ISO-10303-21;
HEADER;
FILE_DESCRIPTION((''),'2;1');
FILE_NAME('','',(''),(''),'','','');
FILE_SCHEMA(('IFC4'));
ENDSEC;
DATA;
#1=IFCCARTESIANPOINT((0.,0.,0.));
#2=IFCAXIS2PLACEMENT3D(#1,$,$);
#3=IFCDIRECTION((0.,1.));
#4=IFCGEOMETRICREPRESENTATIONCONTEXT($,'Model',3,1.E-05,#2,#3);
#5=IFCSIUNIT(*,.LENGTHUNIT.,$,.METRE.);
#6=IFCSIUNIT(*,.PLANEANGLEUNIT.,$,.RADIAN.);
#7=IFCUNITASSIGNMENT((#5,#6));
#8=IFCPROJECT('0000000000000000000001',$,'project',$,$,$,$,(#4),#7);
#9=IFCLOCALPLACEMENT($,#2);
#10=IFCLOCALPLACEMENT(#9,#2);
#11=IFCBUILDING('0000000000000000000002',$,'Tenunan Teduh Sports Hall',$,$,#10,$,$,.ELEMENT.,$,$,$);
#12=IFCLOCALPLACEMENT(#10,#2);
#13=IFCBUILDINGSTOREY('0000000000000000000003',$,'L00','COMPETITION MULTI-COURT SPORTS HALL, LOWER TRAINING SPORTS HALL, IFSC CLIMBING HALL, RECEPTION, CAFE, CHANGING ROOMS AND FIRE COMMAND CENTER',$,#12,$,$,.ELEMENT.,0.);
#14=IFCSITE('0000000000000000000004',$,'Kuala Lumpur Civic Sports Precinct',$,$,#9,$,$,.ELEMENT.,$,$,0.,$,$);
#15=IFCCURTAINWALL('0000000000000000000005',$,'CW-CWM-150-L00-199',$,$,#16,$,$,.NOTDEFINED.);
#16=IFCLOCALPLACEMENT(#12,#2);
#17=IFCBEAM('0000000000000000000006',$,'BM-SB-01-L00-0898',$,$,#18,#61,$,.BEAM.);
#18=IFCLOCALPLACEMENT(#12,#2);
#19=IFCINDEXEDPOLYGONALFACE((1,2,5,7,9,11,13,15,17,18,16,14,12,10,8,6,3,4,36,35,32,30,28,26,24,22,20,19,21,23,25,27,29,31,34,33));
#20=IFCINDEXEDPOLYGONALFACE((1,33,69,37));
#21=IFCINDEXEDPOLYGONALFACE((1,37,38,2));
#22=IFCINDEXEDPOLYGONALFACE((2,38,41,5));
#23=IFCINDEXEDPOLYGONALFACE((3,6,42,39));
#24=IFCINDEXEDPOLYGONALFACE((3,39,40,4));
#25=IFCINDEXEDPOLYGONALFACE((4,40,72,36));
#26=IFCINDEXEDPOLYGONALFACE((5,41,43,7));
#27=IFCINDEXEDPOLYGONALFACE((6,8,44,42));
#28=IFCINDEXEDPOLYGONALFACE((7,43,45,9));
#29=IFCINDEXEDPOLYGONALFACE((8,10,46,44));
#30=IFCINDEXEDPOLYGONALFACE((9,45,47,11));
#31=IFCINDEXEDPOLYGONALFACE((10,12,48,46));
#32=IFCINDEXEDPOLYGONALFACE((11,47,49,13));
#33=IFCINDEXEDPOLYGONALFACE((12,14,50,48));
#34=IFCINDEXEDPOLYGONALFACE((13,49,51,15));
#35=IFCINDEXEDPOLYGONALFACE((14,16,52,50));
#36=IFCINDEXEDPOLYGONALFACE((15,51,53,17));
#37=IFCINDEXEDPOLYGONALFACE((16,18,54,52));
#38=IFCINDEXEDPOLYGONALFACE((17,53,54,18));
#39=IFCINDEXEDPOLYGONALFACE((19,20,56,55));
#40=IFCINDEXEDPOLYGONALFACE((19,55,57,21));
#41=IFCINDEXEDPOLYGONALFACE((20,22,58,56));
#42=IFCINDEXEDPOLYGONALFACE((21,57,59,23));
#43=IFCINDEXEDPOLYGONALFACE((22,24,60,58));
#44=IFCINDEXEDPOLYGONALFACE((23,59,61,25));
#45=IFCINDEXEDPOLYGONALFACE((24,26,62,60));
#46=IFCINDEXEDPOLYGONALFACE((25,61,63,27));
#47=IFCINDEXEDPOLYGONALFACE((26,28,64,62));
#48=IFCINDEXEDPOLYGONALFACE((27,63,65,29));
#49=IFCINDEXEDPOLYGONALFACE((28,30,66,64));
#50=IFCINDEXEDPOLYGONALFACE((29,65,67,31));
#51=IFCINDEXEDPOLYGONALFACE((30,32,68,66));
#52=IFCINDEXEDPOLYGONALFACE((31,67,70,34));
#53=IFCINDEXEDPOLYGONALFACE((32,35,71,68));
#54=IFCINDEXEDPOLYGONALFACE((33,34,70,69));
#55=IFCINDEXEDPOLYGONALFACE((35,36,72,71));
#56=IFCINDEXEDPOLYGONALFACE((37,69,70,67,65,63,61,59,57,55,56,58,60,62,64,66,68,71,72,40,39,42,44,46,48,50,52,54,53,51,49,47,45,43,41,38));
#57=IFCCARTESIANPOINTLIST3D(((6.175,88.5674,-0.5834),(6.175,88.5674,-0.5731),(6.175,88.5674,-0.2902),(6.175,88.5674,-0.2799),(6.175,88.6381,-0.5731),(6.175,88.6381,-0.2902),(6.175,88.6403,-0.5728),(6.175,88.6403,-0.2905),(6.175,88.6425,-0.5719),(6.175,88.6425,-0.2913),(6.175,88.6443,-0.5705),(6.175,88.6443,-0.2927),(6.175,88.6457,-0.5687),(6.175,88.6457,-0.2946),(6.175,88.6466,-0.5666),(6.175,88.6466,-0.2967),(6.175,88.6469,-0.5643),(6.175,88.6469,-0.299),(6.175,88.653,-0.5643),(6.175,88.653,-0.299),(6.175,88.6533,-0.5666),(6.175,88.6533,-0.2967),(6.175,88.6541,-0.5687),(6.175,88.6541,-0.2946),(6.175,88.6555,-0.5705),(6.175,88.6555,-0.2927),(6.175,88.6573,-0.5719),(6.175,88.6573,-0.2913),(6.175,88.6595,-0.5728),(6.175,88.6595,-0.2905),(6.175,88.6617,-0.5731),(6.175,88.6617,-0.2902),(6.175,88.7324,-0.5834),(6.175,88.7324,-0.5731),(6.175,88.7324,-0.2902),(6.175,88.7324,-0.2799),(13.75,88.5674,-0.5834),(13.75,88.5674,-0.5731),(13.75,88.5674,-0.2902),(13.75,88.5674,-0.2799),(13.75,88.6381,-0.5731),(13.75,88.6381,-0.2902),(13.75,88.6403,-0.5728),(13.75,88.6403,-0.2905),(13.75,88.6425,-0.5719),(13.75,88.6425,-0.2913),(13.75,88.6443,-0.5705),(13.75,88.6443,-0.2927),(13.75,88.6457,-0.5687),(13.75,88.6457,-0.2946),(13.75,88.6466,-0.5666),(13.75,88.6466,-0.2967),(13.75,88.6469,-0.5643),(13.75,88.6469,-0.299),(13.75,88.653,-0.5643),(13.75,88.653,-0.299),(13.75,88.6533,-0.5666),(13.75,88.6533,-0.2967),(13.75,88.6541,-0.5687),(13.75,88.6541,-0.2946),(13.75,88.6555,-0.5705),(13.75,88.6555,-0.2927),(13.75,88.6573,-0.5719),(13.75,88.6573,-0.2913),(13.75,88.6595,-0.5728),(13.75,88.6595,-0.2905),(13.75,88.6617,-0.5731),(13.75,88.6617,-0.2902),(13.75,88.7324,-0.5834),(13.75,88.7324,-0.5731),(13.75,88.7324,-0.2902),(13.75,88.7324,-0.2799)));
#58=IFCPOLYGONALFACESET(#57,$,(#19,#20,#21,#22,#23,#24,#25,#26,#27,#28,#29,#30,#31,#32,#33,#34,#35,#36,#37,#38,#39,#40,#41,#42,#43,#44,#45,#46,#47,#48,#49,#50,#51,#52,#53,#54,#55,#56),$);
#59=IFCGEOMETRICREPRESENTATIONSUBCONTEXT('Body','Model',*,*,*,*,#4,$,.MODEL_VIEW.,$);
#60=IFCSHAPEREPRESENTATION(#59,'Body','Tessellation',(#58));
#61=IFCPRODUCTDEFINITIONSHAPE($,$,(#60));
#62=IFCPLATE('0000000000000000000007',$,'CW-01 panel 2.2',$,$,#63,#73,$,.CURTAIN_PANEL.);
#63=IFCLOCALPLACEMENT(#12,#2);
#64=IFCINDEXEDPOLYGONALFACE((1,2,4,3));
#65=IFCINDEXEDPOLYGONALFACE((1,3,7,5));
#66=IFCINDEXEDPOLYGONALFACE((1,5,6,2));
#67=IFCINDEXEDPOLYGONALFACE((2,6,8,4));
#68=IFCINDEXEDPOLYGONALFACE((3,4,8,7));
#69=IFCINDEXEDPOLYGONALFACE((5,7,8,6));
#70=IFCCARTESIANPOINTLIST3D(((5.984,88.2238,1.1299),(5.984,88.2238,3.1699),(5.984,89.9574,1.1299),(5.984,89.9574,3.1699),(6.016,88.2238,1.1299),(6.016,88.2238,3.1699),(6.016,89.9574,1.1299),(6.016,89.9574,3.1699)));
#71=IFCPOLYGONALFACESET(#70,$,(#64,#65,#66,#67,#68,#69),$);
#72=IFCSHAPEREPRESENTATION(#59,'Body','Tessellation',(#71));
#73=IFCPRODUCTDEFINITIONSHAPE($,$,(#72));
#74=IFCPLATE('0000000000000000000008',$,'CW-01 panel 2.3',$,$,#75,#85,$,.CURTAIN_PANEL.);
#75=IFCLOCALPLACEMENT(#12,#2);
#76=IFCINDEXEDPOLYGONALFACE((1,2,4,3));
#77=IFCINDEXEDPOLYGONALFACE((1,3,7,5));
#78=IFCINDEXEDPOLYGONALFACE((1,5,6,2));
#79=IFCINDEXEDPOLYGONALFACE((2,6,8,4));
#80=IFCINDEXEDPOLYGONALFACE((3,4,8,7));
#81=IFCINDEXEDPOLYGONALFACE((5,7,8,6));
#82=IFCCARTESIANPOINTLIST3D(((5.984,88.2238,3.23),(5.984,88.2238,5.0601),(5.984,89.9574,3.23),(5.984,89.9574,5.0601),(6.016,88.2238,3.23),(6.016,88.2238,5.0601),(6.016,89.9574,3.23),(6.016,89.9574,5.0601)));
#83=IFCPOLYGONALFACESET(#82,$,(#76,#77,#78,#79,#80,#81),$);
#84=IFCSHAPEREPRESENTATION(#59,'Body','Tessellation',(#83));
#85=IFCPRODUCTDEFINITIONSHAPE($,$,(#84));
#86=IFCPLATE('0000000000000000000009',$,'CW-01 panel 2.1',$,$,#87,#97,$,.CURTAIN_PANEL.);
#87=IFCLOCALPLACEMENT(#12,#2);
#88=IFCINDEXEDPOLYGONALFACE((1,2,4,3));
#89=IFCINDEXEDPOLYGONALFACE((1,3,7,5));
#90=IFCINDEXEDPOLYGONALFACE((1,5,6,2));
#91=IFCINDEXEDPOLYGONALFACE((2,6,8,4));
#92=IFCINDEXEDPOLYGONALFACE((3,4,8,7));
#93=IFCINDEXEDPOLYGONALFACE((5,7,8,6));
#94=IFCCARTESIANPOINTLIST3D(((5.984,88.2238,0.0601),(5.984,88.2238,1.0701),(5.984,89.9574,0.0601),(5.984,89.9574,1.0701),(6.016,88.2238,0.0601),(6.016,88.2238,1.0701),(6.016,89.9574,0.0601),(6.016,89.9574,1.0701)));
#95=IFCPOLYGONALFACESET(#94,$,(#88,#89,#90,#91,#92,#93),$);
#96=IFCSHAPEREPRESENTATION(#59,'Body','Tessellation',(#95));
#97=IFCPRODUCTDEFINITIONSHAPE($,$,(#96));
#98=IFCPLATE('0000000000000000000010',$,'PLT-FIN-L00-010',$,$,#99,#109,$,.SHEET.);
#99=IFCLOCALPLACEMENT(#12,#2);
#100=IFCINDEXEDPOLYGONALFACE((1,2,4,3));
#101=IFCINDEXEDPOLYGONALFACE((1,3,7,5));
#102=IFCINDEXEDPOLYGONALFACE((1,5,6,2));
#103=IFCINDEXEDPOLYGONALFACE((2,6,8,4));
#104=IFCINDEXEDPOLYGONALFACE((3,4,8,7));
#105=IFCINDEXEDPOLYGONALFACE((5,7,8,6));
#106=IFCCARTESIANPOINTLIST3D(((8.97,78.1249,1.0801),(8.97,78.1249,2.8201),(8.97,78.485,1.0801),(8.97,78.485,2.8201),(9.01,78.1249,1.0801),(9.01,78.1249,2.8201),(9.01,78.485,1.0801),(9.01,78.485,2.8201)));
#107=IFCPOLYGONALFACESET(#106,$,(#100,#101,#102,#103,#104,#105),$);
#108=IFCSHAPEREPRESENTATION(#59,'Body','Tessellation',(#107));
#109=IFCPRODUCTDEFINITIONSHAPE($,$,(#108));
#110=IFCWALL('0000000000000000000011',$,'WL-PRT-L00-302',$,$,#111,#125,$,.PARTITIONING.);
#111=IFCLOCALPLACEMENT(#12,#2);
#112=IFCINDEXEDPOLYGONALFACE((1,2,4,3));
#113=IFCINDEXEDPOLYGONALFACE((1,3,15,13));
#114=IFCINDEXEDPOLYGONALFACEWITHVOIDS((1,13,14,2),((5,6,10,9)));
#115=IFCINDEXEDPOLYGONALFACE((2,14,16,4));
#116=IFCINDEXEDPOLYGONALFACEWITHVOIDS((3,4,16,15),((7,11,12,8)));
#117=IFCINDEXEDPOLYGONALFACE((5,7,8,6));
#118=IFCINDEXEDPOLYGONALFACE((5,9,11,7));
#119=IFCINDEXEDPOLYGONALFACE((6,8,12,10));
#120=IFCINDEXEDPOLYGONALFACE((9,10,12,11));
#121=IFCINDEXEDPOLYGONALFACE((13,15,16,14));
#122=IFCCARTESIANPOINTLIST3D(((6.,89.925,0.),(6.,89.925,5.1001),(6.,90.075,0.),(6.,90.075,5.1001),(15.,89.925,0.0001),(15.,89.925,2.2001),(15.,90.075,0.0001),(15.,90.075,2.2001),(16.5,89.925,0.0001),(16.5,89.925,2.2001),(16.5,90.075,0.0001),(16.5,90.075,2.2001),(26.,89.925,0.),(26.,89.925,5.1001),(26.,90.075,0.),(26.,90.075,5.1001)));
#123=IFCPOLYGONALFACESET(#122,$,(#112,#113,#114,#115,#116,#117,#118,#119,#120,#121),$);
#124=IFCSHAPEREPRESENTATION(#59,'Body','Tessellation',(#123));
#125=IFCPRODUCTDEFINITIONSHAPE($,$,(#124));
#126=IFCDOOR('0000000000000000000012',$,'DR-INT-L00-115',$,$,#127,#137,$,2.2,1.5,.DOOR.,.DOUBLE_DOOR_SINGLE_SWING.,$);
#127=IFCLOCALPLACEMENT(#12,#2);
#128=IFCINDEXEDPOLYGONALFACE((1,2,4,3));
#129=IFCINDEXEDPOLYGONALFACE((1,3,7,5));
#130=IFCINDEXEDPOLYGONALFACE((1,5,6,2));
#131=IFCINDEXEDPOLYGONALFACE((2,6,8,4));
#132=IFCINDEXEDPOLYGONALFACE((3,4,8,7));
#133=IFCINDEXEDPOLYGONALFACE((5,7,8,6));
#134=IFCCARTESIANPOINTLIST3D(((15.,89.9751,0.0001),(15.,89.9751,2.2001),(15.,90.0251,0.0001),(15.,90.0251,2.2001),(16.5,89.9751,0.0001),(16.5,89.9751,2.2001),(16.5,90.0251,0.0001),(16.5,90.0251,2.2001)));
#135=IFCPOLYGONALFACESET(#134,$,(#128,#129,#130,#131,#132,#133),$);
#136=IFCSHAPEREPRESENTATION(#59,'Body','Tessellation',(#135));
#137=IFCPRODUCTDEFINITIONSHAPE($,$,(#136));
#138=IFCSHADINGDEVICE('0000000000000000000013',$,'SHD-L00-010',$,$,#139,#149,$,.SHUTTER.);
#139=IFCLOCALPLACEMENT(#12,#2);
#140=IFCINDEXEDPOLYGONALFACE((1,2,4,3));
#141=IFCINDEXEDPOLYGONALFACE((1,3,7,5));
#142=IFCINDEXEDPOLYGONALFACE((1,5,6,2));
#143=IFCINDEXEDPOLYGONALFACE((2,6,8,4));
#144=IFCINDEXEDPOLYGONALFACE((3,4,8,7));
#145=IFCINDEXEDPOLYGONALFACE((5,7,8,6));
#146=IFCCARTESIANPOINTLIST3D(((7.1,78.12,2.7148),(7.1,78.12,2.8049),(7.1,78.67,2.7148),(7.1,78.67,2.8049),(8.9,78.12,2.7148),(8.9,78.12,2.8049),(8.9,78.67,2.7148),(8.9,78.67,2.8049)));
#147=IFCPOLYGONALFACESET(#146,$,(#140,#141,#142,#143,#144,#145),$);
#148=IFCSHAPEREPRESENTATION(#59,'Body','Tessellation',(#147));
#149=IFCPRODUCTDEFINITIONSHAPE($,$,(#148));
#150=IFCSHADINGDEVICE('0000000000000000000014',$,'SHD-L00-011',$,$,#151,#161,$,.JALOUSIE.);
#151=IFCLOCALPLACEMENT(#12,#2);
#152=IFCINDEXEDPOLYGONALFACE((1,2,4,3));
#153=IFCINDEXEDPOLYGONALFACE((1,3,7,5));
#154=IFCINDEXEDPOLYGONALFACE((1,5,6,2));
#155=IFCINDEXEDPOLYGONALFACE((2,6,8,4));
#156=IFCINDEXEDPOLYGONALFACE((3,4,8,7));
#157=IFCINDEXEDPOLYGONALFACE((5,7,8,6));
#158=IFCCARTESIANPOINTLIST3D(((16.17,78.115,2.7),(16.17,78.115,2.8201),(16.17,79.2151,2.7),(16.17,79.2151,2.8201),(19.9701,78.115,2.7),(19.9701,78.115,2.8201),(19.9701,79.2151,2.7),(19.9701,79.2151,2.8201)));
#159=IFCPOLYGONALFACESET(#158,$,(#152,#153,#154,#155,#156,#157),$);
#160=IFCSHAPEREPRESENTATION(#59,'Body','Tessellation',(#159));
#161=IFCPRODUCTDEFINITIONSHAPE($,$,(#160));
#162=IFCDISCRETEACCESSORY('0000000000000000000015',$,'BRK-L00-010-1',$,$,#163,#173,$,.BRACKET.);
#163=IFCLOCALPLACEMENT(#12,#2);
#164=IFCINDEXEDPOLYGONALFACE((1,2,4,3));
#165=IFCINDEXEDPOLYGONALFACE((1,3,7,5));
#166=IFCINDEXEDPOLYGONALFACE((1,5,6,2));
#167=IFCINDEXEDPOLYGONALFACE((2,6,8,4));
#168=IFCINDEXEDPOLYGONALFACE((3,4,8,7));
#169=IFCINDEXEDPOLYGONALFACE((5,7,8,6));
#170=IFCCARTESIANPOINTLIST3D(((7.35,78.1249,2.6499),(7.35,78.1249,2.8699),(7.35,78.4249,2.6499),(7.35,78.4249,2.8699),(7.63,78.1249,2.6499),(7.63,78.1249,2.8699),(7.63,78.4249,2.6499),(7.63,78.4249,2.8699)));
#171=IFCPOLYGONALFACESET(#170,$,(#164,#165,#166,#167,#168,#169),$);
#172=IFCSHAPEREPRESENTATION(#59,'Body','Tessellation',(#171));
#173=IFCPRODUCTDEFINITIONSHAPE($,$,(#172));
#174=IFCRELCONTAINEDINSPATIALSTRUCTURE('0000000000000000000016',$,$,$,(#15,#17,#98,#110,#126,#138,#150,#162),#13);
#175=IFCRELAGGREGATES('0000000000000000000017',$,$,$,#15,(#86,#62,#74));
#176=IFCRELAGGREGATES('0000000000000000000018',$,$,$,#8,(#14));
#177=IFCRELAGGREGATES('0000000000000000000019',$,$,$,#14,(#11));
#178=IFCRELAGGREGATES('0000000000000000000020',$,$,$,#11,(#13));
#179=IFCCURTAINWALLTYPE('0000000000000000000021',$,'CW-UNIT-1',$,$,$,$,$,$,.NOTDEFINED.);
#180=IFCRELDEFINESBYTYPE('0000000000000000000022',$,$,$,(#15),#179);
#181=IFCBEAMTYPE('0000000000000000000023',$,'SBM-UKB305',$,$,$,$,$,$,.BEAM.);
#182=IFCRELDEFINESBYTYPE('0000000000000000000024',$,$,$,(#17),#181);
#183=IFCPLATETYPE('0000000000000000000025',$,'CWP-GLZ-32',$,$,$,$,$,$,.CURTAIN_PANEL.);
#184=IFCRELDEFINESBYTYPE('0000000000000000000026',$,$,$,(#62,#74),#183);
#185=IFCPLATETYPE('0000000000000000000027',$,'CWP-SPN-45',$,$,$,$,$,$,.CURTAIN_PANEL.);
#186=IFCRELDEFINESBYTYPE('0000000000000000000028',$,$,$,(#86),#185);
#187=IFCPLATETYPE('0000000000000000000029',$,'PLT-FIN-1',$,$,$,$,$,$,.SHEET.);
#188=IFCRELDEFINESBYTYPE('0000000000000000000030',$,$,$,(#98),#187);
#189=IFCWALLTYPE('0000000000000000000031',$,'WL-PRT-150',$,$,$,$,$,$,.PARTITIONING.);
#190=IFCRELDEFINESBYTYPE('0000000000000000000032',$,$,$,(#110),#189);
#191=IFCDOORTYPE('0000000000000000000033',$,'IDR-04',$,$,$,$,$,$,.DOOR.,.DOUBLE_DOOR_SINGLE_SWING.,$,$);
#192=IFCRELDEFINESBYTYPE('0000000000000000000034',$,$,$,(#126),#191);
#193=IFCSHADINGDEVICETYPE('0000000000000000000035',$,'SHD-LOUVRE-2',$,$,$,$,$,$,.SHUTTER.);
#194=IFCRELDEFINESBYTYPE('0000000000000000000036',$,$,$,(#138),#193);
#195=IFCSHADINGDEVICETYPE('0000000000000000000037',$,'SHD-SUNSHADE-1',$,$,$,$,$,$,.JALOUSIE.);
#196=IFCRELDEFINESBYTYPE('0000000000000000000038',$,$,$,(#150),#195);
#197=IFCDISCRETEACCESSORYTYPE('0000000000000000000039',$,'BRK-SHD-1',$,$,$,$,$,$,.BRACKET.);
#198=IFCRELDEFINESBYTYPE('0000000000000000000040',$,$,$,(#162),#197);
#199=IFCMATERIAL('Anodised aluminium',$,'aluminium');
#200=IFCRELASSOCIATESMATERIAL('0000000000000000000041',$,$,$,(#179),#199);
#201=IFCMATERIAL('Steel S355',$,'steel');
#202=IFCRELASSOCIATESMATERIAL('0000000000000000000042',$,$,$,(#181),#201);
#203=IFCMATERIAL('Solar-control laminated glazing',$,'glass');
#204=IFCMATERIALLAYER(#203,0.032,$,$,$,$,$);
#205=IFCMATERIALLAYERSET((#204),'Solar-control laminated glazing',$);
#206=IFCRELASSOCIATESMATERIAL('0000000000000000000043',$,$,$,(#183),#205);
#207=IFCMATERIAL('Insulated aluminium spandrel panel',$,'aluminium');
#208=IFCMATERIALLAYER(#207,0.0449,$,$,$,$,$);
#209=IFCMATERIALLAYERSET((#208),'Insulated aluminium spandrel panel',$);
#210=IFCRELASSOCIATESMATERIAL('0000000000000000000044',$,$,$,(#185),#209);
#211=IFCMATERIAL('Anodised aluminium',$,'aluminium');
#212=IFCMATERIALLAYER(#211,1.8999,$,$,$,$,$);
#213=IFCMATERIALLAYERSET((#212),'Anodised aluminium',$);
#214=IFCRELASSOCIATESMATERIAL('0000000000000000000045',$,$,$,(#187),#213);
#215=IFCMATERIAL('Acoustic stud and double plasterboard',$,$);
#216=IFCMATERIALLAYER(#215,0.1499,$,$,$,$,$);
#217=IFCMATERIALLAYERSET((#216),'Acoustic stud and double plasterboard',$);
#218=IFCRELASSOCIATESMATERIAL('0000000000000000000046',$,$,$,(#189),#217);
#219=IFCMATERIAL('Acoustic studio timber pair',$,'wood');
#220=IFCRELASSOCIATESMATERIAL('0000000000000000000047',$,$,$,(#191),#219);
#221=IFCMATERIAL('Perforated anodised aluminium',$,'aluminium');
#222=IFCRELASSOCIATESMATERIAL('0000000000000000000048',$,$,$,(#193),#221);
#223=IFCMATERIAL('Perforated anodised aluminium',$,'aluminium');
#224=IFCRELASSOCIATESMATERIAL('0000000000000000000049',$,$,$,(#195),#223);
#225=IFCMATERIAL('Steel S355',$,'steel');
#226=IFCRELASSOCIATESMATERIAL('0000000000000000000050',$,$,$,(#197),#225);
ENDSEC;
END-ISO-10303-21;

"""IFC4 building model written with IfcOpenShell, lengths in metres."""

from ifc_helpers import new_model, si_unit, direction, frame, frame_2d, origin, origin_2d, place, context, subcontext, project, spatial, rectangle, i_section, extrude, material, layer, layer_set, material_profile, profile_set, type_object, element, fill, aggregate, save


model = new_model("IFC4")

# Units and contexts
model_context = context("Model", 3, precision=1e-05, world=origin(), true_north=direction((0.0, 1.0)))
body_context = subcontext(model_context, "Body", "Model", "MODEL_VIEW")
ifc_project = project(units=[si_unit("LENGTHUNIT", "METRE"), si_unit("PLANEANGLEUNIT", "RADIAN")], contexts=[model_context])

# Site, building, storey
site_placement = place(None, origin())
site = spatial("IfcSite", under=ifc_project, at=site_placement, Name="Kuala Lumpur Civic Sports Precinct", CompositionType="ELEMENT", RefElevation=0.0)
building_placement = place(site_placement, origin())
building = spatial("IfcBuilding", under=site, at=building_placement, Name="Tenunan Teduh Sports Hall", CompositionType="ELEMENT")
storey_placement = place(building_placement, origin())
storey = spatial("IfcBuildingStorey", under=building, at=storey_placement, Name="L00", Description="COMPETITION MULTI-COURT SPORTS HALL, LOWER TRAINING SPORTS HALL, IFSC CLIMBING HALL, RECEPTION, CAFE, CHANGING ROOMS AND FIRE COMMAND CENTER", CompositionType="ELEMENT", Elevation=0.0)

# Curtain wall
ifc_material_1 = material(Name="Anodised aluminium", Category="aluminium")
curtain_wall_type = type_object("IfcCurtainWallType", Name="CW-UNIT-1", PredefinedType="NOTDEFINED", material=ifc_material_1)
curtain_wall_placement = place(storey_placement, origin())
curtain_wall = element("IfcCurtainWall", 1, at=curtain_wall_placement, inside=storey, type_object=curtain_wall_type, Name="CW-CWM-150-L00-199", PredefinedType="NOTDEFINED")

# Beam
ifc_material_2 = material(Name="Steel S355", Category="steel")
ifc_material_profile_1 = material_profile(ifc_material_2, i_section(OverallWidth=0.165, OverallDepth=0.3035, WebThickness=0.0061, FlangeThickness=0.0103, FilletRadius=0.0088, at=origin_2d()), Name="UKB 305x165x40")
ifc_profile_set_1 = profile_set([ifc_material_profile_1], Name="Steel S355")
beam_type_1 = type_object("IfcBeamType", Name="SBM-UKB305", PredefinedType="BEAM", material=ifc_profile_set_1)
beam_1_placement = place(storey_placement, frame((6.175, 88.6499, -0.4316), z_axis=(1.0, 0.0, 0.0), x_axis=(0.0, 1.0, 0.0)))
element("IfcBeam", 2, at=beam_1_placement, inside=storey, type_object=beam_type_1, Name="BM-SB-01-L00-0898", PredefinedType="BEAM", context=body_context, shape_type="SweptSolid", body=[
    extrude(i_section(OverallWidth=0.165, OverallDepth=0.3035, WebThickness=0.0061, FlangeThickness=0.0103, FilletRadius=0.0088, at=origin_2d()), origin(), (0.0, 0.0, 1.0), 7.575),
])

# Plates
ifc_material_3 = material(Name="Solar-control laminated glazing", Category="glass")
ifc_layer_1 = layer(ifc_material_3, 0.032)
ifc_layer_set_1 = layer_set([ifc_layer_1], Name="Solar-control laminated glazing")
plate_type_1 = type_object("IfcPlateType", Name="CWP-GLZ-32", PredefinedType="CURTAIN_PANEL", material=ifc_layer_set_1)
plate_1_placement = place(storey_placement, frame((6.0, 89.0906, 1.1299), z_axis=(0.0, 0.0, 1.0), x_axis=(0.0, 1.0, 0.0)))
plate_1 = element("IfcPlate", 3, at=plate_1_placement, type_object=plate_type_1, Name="CW-01 panel 2.2", PredefinedType="CURTAIN_PANEL", context=body_context, shape_type="SweptSolid", body=[
    extrude(rectangle(XDim=1.7336, YDim=0.032, at=origin_2d()), origin(), (0.0, 0.0, 1.0), 2.04),
])
plate_2_placement = place(storey_placement, frame((6.0, 89.0906, 3.23), z_axis=(0.0, 0.0, 1.0), x_axis=(0.0, 1.0, 0.0)))
plate_2 = element("IfcPlate", 4, at=plate_2_placement, type_object=plate_type_1, Name="CW-01 panel 2.3", PredefinedType="CURTAIN_PANEL", context=body_context, shape_type="SweptSolid", body=[
    extrude(rectangle(XDim=1.7336, YDim=0.032, at=origin_2d()), origin(), (0.0, 0.0, 1.0), 1.8301),
])
ifc_material_4 = material(Name="Insulated aluminium spandrel panel", Category="aluminium")
ifc_layer_2 = layer(ifc_material_4, 0.0449)
ifc_layer_set_2 = layer_set([ifc_layer_2], Name="Insulated aluminium spandrel panel")
plate_type_2 = type_object("IfcPlateType", Name="CWP-SPN-45", PredefinedType="CURTAIN_PANEL", material=ifc_layer_set_2)
plate_3_placement = place(storey_placement, frame((6.0, 89.0906, 0.0601), z_axis=(0.0, 0.0, 1.0), x_axis=(0.0, 1.0, 0.0)))
plate_3 = element("IfcPlate", 5, at=plate_3_placement, type_object=plate_type_2, Name="CW-01 panel 2.1", PredefinedType="CURTAIN_PANEL", context=body_context, shape_type="SweptSolid", body=[
    extrude(rectangle(XDim=1.7336, YDim=0.032, at=origin_2d()), origin(), (0.0, 0.0, 1.0), 1.01),
])
aggregate(curtain_wall, [plate_3, plate_1, plate_2])
ifc_material_5 = material(Name="Anodised aluminium", Category="aluminium")
ifc_layer_3 = layer(ifc_material_5, 1.8999)
ifc_layer_set_3 = layer_set([ifc_layer_3], Name="Anodised aluminium")
plate_type_3 = type_object("IfcPlateType", Name="PLT-FIN-1", PredefinedType="SHEET", material=ifc_layer_set_3)
plate_4_placement = place(storey_placement, frame((8.99, 78.3049, 1.0801), z_axis=(0.0, 0.0, 1.0), x_axis=(1.0, 0.0, 0.0)))
element("IfcPlate", 6, at=plate_4_placement, inside=storey, type_object=plate_type_3, Name="PLT-FIN-L00-010", PredefinedType="SHEET", context=body_context, shape_type="SweptSolid", body=[
    extrude(rectangle(XDim=0.04, YDim=0.3601, at=origin_2d()), origin(), (0.0, 0.0, 1.0), 1.74),
])

# Wall, opening, door
ifc_material_6 = material(Name="Acoustic stud and double plasterboard")
ifc_layer_4 = layer(ifc_material_6, 0.1499)
ifc_layer_set_4 = layer_set([ifc_layer_4], Name="Acoustic stud and double plasterboard")
wall_type = type_object("IfcWallType", Name="WL-PRT-150", PredefinedType="PARTITIONING", material=ifc_layer_set_4)
wall_placement = place(storey_placement, frame((6.0, 90.0, 0.0), z_axis=(0.0, 0.0, 1.0), x_axis=(1.0, 0.0, 0.0)))
wall = element("IfcWall", 7, at=wall_placement, inside=storey, type_object=wall_type, Name="WL-PRT-L00-302", PredefinedType="PARTITIONING", context=body_context, shape_type="SweptSolid", body=[
    extrude(rectangle(XDim=20.0, YDim=0.1499, at=frame_2d((10.0, 0.0))), origin(), (0.0, 0.0, 1.0), 5.1001),
])
opening_placement = place(wall_placement, frame((9.0, 0.0, 0.0)))
opening = element("IfcOpeningElement", 8, at=opening_placement, cuts=wall, PredefinedType="OPENING", context=body_context, shape_type="SweptSolid", body=[
    extrude(rectangle(XDim=1.5, YDim=2.2, at=frame_2d((0.75, 1.1001))), frame((0.0, 0.085, 0.0), z_axis=(0.0, -1.0, 0.0), x_axis=(1.0, 0.0, 0.0)), (0.0, 0.0, 1.0), 0.1699),
])
ifc_material_7 = material(Name="Acoustic studio timber pair", Category="wood")
door_type = type_object("IfcDoorType", Name="IDR-04", OperationType="DOUBLE_DOOR_SINGLE_SWING", PredefinedType="DOOR", material=ifc_material_7)
door_placement = place(opening_placement, frame((1.5, 0.0, 0.0), z_axis=(0.0, 0.0, 1.0), x_axis=(-1.0, 0.0, 0.0)))
door = element("IfcDoor", 9, at=door_placement, inside=storey, type_object=door_type, Name="DR-INT-L00-115", OperationType="DOUBLE_DOOR_SINGLE_SWING", OverallHeight=2.2, OverallWidth=1.5, PredefinedType="DOOR", context=body_context, shape_type="SweptSolid", body=[
    extrude(rectangle(XDim=1.5, YDim=2.2, at=frame_2d((0.75, 1.1001))), frame((0.0, 0.0249, 0.0), z_axis=(0.0, -1.0, 0.0), x_axis=(1.0, 0.0, 0.0)), (0.0, 0.0, 1.0), 0.05),
])
fill(opening, door)

# Shading devices
ifc_material_8 = material(Name="Perforated anodised aluminium", Category="aluminium")
shading_device_type_1 = type_object("IfcShadingDeviceType", Name="SHD-LOUVRE-2", PredefinedType="SHUTTER", material=ifc_material_8)
shading_device_1_placement = place(storey_placement, frame((8.0, 78.395, 2.7148), z_axis=(0.0, 0.0, 1.0), x_axis=(1.0, 0.0, 0.0)))
element("IfcShadingDevice", 10, at=shading_device_1_placement, inside=storey, type_object=shading_device_type_1, Name="SHD-L00-010", PredefinedType="SHUTTER", context=body_context, shape_type="SweptSolid", body=[
    extrude(rectangle(XDim=1.8, YDim=0.55, at=origin_2d()), origin(), (0.0, 0.0, 1.0), 0.0901),
])
ifc_material_9 = material(Name="Perforated anodised aluminium", Category="aluminium")
shading_device_type_2 = type_object("IfcShadingDeviceType", Name="SHD-SUNSHADE-1", PredefinedType="JALOUSIE", material=ifc_material_9)
shading_device_2_placement = place(storey_placement, frame((18.0701, 78.665, 2.7), z_axis=(0.0, 0.0, 1.0), x_axis=(1.0, 0.0, 0.0)))
element("IfcShadingDevice", 11, at=shading_device_2_placement, inside=storey, type_object=shading_device_type_2, Name="SHD-L00-011", PredefinedType="JALOUSIE", context=body_context, shape_type="SweptSolid", body=[
    extrude(rectangle(XDim=3.8, YDim=1.1001, at=origin_2d()), origin(), (0.0, 0.0, 1.0), 0.1201),
])

# Discrete accessory
ifc_material_10 = material(Name="Steel S355", Category="steel")
discrete_accessory_type_1 = type_object("IfcDiscreteAccessoryType", Name="BRK-SHD-1", PredefinedType="BRACKET", material=ifc_material_10)
for number, where, z_axis, x_axis, name in (
    (12, (7.49, 78.2749, 2.6499), (0.0, 0.0, 1.0), (1.0, 0.0, 0.0), "BRK-L00-010-1"),
):
    element("IfcDiscreteAccessory", number, at=place(storey_placement, frame(where, z_axis=z_axis, x_axis=x_axis)), inside=storey, type_object=discrete_accessory_type_1, Name=name, PredefinedType="BRACKET", context=body_context, shape_type="SweptSolid", body=[
        extrude(rectangle(XDim=0.28, YDim=0.3, at=origin_2d()), origin(), (0.0, 0.0, 1.0), 0.22),
    ])

save(model, "model.ifc")
